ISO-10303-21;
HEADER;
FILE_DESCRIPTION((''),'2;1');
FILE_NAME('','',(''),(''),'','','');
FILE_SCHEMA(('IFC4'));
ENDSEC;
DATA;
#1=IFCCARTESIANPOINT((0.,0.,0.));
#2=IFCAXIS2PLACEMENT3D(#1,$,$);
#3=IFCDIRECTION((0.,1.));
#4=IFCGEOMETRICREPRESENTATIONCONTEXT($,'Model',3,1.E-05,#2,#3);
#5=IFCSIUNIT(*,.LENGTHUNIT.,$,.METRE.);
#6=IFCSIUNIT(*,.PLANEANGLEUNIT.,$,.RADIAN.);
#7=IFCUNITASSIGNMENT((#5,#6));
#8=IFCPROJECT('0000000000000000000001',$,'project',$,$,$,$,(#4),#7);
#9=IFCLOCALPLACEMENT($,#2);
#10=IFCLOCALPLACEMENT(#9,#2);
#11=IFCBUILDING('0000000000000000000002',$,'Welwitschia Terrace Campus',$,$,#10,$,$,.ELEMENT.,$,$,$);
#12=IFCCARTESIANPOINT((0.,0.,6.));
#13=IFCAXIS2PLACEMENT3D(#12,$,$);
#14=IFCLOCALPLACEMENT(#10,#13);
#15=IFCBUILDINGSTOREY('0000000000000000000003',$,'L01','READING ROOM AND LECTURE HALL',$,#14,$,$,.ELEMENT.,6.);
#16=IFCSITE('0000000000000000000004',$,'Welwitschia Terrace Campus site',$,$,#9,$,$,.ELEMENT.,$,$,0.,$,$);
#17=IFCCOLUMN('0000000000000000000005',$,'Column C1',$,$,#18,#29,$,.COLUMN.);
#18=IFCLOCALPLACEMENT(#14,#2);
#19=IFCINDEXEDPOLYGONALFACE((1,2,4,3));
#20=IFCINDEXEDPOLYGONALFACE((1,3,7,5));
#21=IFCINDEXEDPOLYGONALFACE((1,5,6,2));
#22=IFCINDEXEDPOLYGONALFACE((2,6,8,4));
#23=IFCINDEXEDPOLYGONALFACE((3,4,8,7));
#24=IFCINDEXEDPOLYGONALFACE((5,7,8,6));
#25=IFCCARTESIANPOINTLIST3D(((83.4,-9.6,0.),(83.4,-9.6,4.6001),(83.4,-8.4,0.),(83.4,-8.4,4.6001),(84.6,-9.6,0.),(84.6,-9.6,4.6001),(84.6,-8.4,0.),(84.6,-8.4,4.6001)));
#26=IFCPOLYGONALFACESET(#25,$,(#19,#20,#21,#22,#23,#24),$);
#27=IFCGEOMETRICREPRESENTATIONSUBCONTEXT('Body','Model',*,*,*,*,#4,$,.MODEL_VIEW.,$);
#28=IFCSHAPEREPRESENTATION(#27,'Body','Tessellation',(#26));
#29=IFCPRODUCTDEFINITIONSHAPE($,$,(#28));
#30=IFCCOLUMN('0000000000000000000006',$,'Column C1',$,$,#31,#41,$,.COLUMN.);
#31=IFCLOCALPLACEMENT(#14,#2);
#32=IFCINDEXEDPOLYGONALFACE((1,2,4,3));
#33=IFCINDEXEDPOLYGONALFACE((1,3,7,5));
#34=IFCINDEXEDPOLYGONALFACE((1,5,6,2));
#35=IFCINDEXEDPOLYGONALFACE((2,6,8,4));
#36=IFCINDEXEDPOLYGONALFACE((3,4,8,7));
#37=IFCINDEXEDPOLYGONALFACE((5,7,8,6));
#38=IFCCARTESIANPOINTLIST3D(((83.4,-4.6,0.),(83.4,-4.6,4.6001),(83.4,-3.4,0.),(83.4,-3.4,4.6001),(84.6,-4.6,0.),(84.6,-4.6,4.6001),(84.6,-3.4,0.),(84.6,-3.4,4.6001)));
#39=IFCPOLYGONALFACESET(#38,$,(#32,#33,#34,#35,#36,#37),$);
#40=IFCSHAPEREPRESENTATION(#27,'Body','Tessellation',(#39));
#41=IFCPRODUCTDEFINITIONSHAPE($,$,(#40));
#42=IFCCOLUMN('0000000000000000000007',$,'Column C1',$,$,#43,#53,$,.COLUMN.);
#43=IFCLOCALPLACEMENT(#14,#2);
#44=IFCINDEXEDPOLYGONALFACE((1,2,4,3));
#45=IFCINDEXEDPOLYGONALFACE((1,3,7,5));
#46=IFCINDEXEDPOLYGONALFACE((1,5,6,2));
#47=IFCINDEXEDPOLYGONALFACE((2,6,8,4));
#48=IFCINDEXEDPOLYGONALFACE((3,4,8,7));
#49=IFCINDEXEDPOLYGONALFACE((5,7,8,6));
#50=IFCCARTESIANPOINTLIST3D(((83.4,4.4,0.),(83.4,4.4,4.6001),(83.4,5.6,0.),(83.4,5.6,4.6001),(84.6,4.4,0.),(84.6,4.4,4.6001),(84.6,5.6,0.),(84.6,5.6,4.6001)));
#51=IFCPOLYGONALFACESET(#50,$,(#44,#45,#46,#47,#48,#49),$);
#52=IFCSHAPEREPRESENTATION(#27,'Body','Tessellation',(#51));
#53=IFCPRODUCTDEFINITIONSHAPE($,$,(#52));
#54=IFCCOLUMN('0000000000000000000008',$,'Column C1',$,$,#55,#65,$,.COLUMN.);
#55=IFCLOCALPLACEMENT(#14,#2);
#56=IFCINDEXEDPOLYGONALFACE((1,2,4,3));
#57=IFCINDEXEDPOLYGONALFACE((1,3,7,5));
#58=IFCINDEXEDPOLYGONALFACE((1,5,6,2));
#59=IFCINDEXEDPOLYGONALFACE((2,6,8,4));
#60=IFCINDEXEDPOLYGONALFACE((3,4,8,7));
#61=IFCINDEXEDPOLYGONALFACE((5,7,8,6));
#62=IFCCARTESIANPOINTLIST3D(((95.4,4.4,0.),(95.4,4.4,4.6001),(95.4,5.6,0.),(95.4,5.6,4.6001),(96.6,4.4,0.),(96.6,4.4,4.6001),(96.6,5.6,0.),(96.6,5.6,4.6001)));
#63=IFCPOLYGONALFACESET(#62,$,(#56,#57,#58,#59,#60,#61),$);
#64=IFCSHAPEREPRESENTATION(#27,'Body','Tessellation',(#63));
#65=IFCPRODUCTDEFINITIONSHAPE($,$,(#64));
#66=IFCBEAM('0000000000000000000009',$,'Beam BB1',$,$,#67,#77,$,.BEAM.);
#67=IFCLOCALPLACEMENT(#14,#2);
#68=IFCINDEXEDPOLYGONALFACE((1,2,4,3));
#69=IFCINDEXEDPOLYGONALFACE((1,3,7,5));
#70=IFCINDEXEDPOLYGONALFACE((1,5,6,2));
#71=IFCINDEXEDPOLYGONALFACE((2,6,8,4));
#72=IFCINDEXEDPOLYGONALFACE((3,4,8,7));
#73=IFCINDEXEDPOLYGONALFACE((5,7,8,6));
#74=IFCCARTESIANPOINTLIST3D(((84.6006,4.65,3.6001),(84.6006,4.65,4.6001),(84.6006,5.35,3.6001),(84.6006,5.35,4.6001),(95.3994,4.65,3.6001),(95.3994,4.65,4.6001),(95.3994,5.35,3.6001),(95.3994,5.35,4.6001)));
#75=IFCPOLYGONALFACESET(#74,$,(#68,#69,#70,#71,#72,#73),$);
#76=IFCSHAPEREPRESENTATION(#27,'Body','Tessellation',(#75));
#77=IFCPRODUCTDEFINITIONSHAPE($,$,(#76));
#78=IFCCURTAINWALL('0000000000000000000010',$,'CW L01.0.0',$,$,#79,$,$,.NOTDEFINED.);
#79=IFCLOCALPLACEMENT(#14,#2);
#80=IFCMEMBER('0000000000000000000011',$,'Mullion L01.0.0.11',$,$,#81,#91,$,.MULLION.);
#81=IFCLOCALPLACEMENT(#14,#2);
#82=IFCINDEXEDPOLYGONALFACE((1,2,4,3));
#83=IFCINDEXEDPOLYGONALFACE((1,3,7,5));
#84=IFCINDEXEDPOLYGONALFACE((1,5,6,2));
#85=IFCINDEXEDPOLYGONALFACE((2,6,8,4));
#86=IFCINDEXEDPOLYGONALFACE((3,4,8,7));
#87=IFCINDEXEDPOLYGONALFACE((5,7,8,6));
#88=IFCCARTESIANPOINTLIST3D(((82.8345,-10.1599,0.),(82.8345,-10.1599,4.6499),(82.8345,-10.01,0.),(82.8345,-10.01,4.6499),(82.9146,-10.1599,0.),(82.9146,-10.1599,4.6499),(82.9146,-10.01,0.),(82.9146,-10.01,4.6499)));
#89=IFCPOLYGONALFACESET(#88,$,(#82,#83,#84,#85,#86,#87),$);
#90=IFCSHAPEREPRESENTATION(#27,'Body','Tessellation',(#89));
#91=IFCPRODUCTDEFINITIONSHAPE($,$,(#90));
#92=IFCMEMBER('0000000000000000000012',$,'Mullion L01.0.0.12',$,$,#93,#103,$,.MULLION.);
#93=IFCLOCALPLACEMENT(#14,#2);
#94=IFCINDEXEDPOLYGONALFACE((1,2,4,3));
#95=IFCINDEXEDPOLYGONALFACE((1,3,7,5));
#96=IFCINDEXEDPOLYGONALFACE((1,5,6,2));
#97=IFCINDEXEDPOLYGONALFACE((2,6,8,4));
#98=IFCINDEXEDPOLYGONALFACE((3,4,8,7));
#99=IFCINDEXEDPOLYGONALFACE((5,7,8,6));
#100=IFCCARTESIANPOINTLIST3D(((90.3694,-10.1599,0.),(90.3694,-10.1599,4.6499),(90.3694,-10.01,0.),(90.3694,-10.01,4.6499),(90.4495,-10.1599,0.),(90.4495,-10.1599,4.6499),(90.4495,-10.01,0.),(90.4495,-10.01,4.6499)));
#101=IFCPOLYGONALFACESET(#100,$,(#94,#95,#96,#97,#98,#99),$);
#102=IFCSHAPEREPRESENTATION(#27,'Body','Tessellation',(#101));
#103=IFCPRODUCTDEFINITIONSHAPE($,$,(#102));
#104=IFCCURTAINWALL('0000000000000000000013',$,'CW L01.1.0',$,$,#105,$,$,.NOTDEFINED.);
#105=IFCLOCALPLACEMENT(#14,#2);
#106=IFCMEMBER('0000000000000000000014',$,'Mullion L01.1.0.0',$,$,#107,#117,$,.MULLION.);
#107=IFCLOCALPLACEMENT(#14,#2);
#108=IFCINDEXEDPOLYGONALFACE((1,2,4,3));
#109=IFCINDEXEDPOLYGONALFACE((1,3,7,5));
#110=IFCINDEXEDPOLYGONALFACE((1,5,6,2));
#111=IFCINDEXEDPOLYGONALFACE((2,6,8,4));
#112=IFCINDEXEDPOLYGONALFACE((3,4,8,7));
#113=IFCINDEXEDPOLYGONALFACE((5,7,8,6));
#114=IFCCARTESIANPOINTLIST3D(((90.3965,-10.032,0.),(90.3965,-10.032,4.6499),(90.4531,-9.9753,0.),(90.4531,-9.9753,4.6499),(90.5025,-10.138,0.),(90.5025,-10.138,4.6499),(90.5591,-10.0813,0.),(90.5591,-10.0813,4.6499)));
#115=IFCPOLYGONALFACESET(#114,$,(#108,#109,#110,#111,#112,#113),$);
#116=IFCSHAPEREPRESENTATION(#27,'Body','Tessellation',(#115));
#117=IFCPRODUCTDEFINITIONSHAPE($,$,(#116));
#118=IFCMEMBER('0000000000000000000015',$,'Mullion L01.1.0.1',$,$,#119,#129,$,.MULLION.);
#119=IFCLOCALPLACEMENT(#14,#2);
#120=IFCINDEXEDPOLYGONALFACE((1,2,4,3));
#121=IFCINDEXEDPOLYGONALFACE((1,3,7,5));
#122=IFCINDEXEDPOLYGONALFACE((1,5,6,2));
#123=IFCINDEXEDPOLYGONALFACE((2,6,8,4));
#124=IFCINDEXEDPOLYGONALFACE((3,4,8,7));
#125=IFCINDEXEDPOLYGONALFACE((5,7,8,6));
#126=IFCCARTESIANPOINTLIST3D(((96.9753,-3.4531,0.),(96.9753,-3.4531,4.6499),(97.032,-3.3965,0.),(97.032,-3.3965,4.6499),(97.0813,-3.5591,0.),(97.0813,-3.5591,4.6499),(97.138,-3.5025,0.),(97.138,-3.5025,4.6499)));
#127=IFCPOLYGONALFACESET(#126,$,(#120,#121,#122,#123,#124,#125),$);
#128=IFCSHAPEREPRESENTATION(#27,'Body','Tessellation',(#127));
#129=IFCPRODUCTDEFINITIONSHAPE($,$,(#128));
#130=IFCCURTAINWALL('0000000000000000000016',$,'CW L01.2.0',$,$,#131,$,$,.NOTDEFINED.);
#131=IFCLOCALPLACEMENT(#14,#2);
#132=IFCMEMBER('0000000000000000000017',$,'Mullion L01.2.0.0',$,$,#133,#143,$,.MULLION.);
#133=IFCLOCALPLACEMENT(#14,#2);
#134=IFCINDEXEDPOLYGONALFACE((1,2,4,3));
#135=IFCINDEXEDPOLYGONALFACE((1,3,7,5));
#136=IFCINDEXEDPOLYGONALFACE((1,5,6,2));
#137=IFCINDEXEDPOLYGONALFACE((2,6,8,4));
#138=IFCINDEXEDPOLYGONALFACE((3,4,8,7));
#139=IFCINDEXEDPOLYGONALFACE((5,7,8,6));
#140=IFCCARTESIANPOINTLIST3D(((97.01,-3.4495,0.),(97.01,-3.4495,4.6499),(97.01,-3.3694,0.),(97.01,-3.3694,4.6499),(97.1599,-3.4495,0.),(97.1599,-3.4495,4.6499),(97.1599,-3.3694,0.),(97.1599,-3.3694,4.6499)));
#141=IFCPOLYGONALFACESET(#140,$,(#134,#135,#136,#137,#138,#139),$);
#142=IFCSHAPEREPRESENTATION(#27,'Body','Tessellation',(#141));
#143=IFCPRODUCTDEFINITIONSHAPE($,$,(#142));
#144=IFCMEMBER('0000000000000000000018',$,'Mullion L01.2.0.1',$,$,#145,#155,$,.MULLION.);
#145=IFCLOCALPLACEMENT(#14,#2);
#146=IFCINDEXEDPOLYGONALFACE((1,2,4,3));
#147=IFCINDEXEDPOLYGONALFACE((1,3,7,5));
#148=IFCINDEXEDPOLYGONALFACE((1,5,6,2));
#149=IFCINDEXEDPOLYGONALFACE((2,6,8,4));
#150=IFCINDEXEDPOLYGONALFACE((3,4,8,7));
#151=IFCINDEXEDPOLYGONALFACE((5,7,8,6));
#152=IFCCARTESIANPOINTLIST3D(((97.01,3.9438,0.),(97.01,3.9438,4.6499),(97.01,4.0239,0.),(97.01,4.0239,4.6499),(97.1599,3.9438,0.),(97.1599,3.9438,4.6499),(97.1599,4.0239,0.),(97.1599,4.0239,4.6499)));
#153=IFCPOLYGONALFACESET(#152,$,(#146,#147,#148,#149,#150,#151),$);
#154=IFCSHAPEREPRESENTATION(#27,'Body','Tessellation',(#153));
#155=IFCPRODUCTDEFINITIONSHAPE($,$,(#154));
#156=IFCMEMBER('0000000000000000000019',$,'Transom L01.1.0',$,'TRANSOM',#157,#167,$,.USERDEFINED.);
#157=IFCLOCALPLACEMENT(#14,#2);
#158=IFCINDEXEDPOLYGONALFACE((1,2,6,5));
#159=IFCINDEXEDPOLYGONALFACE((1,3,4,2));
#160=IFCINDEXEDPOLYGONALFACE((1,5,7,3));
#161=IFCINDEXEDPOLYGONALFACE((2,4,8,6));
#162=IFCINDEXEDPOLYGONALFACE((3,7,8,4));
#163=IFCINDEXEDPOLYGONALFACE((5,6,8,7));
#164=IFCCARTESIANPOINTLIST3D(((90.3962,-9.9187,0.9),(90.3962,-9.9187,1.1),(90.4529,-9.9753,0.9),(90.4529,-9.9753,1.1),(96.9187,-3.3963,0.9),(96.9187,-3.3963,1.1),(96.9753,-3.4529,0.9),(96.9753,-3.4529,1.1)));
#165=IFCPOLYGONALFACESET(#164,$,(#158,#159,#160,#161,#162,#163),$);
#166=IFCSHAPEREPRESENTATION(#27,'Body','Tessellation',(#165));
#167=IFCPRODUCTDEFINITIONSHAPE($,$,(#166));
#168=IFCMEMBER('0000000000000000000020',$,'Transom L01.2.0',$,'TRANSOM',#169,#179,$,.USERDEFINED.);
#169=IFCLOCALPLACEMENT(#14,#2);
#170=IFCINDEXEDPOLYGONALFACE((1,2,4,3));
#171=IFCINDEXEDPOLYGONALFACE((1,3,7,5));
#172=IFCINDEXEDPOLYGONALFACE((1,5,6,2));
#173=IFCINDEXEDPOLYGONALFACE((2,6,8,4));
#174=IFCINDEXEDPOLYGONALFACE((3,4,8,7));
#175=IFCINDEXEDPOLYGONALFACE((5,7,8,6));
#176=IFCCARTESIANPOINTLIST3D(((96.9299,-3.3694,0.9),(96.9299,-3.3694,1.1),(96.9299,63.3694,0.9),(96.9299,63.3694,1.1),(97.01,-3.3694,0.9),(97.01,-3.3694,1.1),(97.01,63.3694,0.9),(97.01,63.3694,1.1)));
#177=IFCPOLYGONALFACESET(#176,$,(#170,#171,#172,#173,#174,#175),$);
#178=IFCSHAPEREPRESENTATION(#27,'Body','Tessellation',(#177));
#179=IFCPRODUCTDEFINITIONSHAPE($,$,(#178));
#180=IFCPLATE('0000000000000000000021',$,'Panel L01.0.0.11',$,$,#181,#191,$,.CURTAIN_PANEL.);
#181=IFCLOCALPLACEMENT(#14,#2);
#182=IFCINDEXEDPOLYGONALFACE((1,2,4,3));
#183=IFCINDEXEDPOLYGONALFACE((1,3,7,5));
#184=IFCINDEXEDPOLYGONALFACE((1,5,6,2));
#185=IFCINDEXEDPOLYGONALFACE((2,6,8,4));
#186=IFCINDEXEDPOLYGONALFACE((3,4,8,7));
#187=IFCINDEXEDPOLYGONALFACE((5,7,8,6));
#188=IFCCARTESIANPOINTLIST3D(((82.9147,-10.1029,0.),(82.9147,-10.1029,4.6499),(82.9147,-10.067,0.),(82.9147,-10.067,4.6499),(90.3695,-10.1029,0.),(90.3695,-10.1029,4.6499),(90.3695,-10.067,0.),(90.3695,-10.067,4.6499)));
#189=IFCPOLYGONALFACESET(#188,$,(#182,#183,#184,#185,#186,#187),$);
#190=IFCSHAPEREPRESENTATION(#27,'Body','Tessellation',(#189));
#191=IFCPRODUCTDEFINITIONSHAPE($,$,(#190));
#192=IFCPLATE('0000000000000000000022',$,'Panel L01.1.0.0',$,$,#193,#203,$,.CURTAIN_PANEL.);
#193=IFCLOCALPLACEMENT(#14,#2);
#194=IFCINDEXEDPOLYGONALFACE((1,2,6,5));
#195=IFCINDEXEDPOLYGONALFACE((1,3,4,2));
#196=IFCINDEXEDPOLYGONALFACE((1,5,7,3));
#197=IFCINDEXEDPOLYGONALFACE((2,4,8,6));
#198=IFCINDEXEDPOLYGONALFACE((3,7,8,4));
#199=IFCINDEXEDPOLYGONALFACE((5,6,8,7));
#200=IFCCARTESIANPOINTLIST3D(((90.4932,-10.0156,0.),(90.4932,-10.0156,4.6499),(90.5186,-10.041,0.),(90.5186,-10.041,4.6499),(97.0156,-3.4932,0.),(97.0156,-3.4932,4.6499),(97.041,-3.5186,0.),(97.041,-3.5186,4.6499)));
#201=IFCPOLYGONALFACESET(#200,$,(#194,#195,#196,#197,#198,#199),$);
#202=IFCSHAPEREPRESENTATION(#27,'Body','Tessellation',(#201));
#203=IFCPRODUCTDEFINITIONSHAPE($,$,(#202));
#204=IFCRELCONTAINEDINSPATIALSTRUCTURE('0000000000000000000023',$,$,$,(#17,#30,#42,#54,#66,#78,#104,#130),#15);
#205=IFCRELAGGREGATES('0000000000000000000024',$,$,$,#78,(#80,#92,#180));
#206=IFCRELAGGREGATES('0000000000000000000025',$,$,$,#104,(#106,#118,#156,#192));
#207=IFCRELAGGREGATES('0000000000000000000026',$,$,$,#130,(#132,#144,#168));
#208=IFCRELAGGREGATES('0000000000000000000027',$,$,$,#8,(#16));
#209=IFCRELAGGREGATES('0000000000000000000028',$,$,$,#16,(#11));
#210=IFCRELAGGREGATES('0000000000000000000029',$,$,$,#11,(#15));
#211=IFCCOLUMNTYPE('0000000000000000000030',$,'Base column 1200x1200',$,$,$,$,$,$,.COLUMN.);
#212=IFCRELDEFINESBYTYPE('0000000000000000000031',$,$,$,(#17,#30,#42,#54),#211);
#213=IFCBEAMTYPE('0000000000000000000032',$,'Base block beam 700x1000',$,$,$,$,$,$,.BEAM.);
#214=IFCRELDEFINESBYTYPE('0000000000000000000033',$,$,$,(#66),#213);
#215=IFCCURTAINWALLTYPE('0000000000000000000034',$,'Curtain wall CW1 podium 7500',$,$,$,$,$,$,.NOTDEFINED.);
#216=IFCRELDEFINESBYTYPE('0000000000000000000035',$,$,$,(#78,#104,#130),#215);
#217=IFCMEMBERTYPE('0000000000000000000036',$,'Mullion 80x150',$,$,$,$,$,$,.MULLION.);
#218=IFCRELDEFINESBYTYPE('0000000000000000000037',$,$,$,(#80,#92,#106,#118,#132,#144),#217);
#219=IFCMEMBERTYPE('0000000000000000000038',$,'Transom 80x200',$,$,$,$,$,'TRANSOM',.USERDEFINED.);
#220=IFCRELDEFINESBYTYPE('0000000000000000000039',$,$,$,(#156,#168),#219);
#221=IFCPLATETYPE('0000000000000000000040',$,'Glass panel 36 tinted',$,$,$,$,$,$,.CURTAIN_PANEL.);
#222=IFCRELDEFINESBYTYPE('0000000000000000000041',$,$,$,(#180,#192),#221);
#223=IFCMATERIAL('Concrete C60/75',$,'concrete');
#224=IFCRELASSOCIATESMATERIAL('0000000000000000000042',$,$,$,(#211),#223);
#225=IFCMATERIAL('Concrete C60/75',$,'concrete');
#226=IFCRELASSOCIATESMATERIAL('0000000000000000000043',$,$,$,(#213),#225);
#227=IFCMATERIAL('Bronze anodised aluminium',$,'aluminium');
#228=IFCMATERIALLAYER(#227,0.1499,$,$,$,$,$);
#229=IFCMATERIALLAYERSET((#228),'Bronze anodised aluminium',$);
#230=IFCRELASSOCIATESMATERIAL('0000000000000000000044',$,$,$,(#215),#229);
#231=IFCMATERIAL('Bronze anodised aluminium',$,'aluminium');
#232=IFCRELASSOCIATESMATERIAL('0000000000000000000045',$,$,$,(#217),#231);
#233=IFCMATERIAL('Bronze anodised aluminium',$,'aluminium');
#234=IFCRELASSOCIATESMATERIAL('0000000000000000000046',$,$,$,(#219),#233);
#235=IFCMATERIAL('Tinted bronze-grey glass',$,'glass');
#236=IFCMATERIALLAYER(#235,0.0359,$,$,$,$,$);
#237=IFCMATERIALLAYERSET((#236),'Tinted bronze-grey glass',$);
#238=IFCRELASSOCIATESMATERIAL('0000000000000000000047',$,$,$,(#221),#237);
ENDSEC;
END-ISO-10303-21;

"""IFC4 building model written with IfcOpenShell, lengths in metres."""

from ifc_helpers import new_model, si_unit, direction, frame, origin, origin_2d, place, context, subcontext, project, spatial, rectangle, extrude, material, layer, layer_set, material_profile, profile_set, type_object, element, aggregate, save


model = new_model("IFC4")

# Units and contexts
model_context = context("Model", 3, precision=1e-05, world=origin(), true_north=direction((0.0, 1.0)))
body_context = subcontext(model_context, "Body", "Model", "MODEL_VIEW")
ifc_project = project(units=[si_unit("LENGTHUNIT", "METRE"), si_unit("PLANEANGLEUNIT", "RADIAN")], contexts=[model_context])

# Site, building, storey
site_placement = place(None, origin())
site = spatial("IfcSite", under=ifc_project, at=site_placement, Name="Welwitschia Terrace Campus site", CompositionType="ELEMENT", RefElevation=0.0)
building_placement = place(site_placement, origin())
building = spatial("IfcBuilding", under=site, at=building_placement, Name="Welwitschia Terrace Campus", CompositionType="ELEMENT")
storey_placement = place(building_placement, frame((0.0, 0.0, 6.0)))
storey = spatial("IfcBuildingStorey", under=building, at=storey_placement, Name="L01", Description="READING ROOM AND LECTURE HALL", CompositionType="ELEMENT", Elevation=6.0)

# Columns
ifc_material_1 = material(Name="Concrete C60/75", Category="concrete")
ifc_material_profile_1 = material_profile(ifc_material_1, rectangle(XDim=1.2, YDim=1.2, at=origin_2d()))
ifc_profile_set_1 = profile_set([ifc_material_profile_1], Name="Concrete C60/75")
column_type = type_object("IfcColumnType", Name="Base column 1200x1200", PredefinedType="COLUMN", material=ifc_profile_set_1)
for number, where, z_axis, x_axis, name in (
    (1, (84.0, -9.0, 0.0), (0.0, 0.0, 1.0), (1.0, 0.0, 0.0), "Column C1"),
    (2, (84.0, -4.0, 0.0), (0.0, 0.0, 1.0), (1.0, 0.0, 0.0), "Column C1"),
    (3, (84.0, 5.0, 0.0), (0.0, 0.0, 1.0), (1.0, 0.0, 0.0), "Column C1"),
    (4, (96.0, 5.0, 0.0), (0.0, 0.0, 1.0), (1.0, 0.0, 0.0), "Column C1"),
):
    element("IfcColumn", number, at=place(storey_placement, frame(where, z_axis=z_axis, x_axis=x_axis)), inside=storey, type_object=column_type, Name=name, PredefinedType="COLUMN", context=body_context, shape_type="SweptSolid", body=[
        extrude(rectangle(XDim=1.2, YDim=1.2, at=origin_2d()), origin(), (0.0, 0.0, 1.0), 4.6001),
    ])

# Beam
ifc_material_2 = material(Name="Concrete C60/75", Category="concrete")
ifc_material_profile_2 = material_profile(ifc_material_2, rectangle(XDim=0.7, YDim=1.0, at=origin_2d()))
ifc_profile_set_2 = profile_set([ifc_material_profile_2], Name="Concrete C60/75")
beam_type = type_object("IfcBeamType", Name="Base block beam 700x1000", PredefinedType="BEAM", material=ifc_profile_set_2)
beam_placement = place(storey_placement, frame((84.6006, 5.0, 4.1001), z_axis=(1.0, 0.0, 0.0), x_axis=(0.0, 1.0, 0.0)))
element("IfcBeam", 5, at=beam_placement, inside=storey, type_object=beam_type, Name="Beam BB1", PredefinedType="BEAM", context=body_context, shape_type="SweptSolid", body=[
    extrude(rectangle(XDim=0.7, YDim=1.0, at=origin_2d()), origin(), (0.0, 0.0, 1.0), 10.7988),
])

# Curtain walls, members
ifc_material_3 = material(Name="Bronze anodised aluminium", Category="aluminium")
ifc_layer_1 = layer(ifc_material_3, 0.1499)
ifc_layer_set_1 = layer_set([ifc_layer_1], Name="Bronze anodised aluminium")
curtain_wall_type = type_object("IfcCurtainWallType", Name="Curtain wall CW1 podium 7500", PredefinedType="NOTDEFINED", material=ifc_layer_set_1)
curtain_wall_1_placement = place(storey_placement, origin())
curtain_wall_1 = element("IfcCurtainWall", 6, at=curtain_wall_1_placement, inside=storey, type_object=curtain_wall_type, Name="CW L01.0.0", PredefinedType="NOTDEFINED")
ifc_material_4 = material(Name="Bronze anodised aluminium", Category="aluminium")
ifc_material_profile_3 = material_profile(ifc_material_4, rectangle(XDim=0.1499, YDim=0.0801, at=origin_2d()))
ifc_profile_set_3 = profile_set([ifc_material_profile_3], Name="Bronze anodised aluminium")
member_type_1 = type_object("IfcMemberType", Name="Mullion 80x150", PredefinedType="MULLION", material=ifc_profile_set_3)
member_1_placement = place(storey_placement, frame((82.8745, -10.085, 0.0), z_axis=(0.0, 0.0, 1.0), x_axis=(0.0, 1.0, 0.0)))
member_1 = element("IfcMember", 7, at=member_1_placement, type_object=member_type_1, Name="Mullion L01.0.0.11", PredefinedType="MULLION", context=body_context, shape_type="SweptSolid", body=[
    extrude(rectangle(XDim=0.1499, YDim=0.0801, at=origin_2d()), origin(), (0.0, 0.0, 1.0), 4.6499),
])
member_2_placement = place(storey_placement, frame((90.4094, -10.085, 0.0), z_axis=(0.0, 0.0, 1.0), x_axis=(0.0, 1.0, 0.0)))
member_2 = element("IfcMember", 8, at=member_2_placement, type_object=member_type_1, Name="Mullion L01.0.0.12", PredefinedType="MULLION", context=body_context, shape_type="SweptSolid", body=[
    extrude(rectangle(XDim=0.1499, YDim=0.0801, at=origin_2d()), origin(), (0.0, 0.0, 1.0), 4.6499),
])
curtain_wall_2_placement = place(storey_placement, origin())
curtain_wall_2 = element("IfcCurtainWall", 9, at=curtain_wall_2_placement, inside=storey, type_object=curtain_wall_type, Name="CW L01.1.0", PredefinedType="NOTDEFINED")
member_3_placement = place(storey_placement, frame((90.4778, -10.0566, 0.0), z_axis=(0.0, 0.0, 1.0), x_axis=(-0.707107, 0.707107, 0.0)))
member_3 = element("IfcMember", 10, at=member_3_placement, type_object=member_type_1, Name="Mullion L01.1.0.0", PredefinedType="MULLION", context=body_context, shape_type="SweptSolid", body=[
    extrude(rectangle(XDim=0.1499, YDim=0.0801, at=origin_2d()), origin(), (0.0, 0.0, 1.0), 4.6499),
])
member_4_placement = place(storey_placement, frame((97.0566, -3.4778, 0.0), z_axis=(0.0, 0.0, 1.0), x_axis=(-0.707107, 0.707107, 0.0)))
member_4 = element("IfcMember", 11, at=member_4_placement, type_object=member_type_1, Name="Mullion L01.1.0.1", PredefinedType="MULLION", context=body_context, shape_type="SweptSolid", body=[
    extrude(rectangle(XDim=0.1499, YDim=0.0801, at=origin_2d()), origin(), (0.0, 0.0, 1.0), 4.6499),
])
curtain_wall_3_placement = place(storey_placement, origin())
curtain_wall_3 = element("IfcCurtainWall", 12, at=curtain_wall_3_placement, inside=storey, type_object=curtain_wall_type, Name="CW L01.2.0", PredefinedType="NOTDEFINED")
member_5_placement = place(storey_placement, frame((97.085, -3.4094, 0.0), z_axis=(0.0, 0.0, 1.0), x_axis=(-1.0, 0.0, 0.0)))
member_5 = element("IfcMember", 13, at=member_5_placement, type_object=member_type_1, Name="Mullion L01.2.0.0", PredefinedType="MULLION", context=body_context, shape_type="SweptSolid", body=[
    extrude(rectangle(XDim=0.1499, YDim=0.0801, at=origin_2d()), origin(), (0.0, 0.0, 1.0), 4.6499),
])
member_6_placement = place(storey_placement, frame((97.085, 3.9839, 0.0), z_axis=(0.0, 0.0, 1.0), x_axis=(-1.0, 0.0, 0.0)))
member_6 = element("IfcMember", 14, at=member_6_placement, type_object=member_type_1, Name="Mullion L01.2.0.1", PredefinedType="MULLION", context=body_context, shape_type="SweptSolid", body=[
    extrude(rectangle(XDim=0.1499, YDim=0.0801, at=origin_2d()), origin(), (0.0, 0.0, 1.0), 4.6499),
])

# Members
ifc_material_5 = material(Name="Bronze anodised aluminium", Category="aluminium")
ifc_material_profile_4 = material_profile(ifc_material_5, rectangle(XDim=0.0801, YDim=0.2, at=origin_2d()))
ifc_profile_set_4 = profile_set([ifc_material_profile_4], Name="Bronze anodised aluminium")
member_type_2 = type_object("IfcMemberType", Name="Transom 80x200", ElementType="TRANSOM", PredefinedType="USERDEFINED", material=ifc_profile_set_4)
member_7_placement = place(storey_placement, frame((90.4246, -9.947, 1.0), z_axis=(0.707107, 0.707107, 0.0), x_axis=(-0.707107, 0.707107, 0.0)))
member_7 = element("IfcMember", 15, at=member_7_placement, type_object=member_type_2, Name="Transom L01.1.0", ObjectType="TRANSOM", PredefinedType="USERDEFINED", context=body_context, shape_type="SweptSolid", body=[
    extrude(rectangle(XDim=0.0801, YDim=0.2, at=origin_2d()), origin(), (0.0, 0.0, 1.0), 9.2241),
])
member_8_placement = place(storey_placement, frame((96.97, -3.3694, 1.0), z_axis=(0.0, 1.0, 0.0), x_axis=(-1.0, 0.0, 0.0)))
member_8 = element("IfcMember", 16, at=member_8_placement, type_object=member_type_2, Name="Transom L01.2.0", ObjectType="TRANSOM", PredefinedType="USERDEFINED", context=body_context, shape_type="SweptSolid", body=[
    extrude(rectangle(XDim=0.0801, YDim=0.2, at=origin_2d()), origin(), (0.0, 0.0, 1.0), 66.7388),
])

# Plates
ifc_material_6 = material(Name="Tinted bronze-grey glass", Category="glass")
ifc_layer_2 = layer(ifc_material_6, 0.0359)
ifc_layer_set_2 = layer_set([ifc_layer_2], Name="Tinted bronze-grey glass")
plate_type = type_object("IfcPlateType", Name="Glass panel 36 tinted", PredefinedType="CURTAIN_PANEL", material=ifc_layer_set_2)
plate_1_placement = place(storey_placement, frame((86.6421, -10.085, 0.0), z_axis=(0.0, 0.0, 1.0), x_axis=(1.0, 0.0, 0.0)))
plate_1 = element("IfcPlate", 17, at=plate_1_placement, type_object=plate_type, Name="Panel L01.0.0.11", PredefinedType="CURTAIN_PANEL", context=body_context, shape_type="SweptSolid", body=[
    extrude(rectangle(XDim=7.4548, YDim=0.0359, at=origin_2d()), origin(), (0.0, 0.0, 1.0), 4.6499),
])
aggregate(curtain_wall_1, [member_1, member_2, plate_1])
plate_2_placement = place(storey_placement, frame((93.7671, -6.7671, 0.0), z_axis=(0.0, 0.0, 1.0), x_axis=(0.707107, 0.707107, 0.0)))
plate_2 = element("IfcPlate", 18, at=plate_2_placement, type_object=plate_type, Name="Panel L01.1.0.0", PredefinedType="CURTAIN_PANEL", context=body_context, shape_type="SweptSolid", body=[
    extrude(rectangle(XDim=9.2241, YDim=0.0359, at=origin_2d()), origin(), (0.0, 0.0, 1.0), 4.6499),
])
aggregate(curtain_wall_2, [member_3, member_4, member_7, plate_2])
aggregate(curtain_wall_3, [member_5, member_6, member_8])

save(model, "model.ifc")
